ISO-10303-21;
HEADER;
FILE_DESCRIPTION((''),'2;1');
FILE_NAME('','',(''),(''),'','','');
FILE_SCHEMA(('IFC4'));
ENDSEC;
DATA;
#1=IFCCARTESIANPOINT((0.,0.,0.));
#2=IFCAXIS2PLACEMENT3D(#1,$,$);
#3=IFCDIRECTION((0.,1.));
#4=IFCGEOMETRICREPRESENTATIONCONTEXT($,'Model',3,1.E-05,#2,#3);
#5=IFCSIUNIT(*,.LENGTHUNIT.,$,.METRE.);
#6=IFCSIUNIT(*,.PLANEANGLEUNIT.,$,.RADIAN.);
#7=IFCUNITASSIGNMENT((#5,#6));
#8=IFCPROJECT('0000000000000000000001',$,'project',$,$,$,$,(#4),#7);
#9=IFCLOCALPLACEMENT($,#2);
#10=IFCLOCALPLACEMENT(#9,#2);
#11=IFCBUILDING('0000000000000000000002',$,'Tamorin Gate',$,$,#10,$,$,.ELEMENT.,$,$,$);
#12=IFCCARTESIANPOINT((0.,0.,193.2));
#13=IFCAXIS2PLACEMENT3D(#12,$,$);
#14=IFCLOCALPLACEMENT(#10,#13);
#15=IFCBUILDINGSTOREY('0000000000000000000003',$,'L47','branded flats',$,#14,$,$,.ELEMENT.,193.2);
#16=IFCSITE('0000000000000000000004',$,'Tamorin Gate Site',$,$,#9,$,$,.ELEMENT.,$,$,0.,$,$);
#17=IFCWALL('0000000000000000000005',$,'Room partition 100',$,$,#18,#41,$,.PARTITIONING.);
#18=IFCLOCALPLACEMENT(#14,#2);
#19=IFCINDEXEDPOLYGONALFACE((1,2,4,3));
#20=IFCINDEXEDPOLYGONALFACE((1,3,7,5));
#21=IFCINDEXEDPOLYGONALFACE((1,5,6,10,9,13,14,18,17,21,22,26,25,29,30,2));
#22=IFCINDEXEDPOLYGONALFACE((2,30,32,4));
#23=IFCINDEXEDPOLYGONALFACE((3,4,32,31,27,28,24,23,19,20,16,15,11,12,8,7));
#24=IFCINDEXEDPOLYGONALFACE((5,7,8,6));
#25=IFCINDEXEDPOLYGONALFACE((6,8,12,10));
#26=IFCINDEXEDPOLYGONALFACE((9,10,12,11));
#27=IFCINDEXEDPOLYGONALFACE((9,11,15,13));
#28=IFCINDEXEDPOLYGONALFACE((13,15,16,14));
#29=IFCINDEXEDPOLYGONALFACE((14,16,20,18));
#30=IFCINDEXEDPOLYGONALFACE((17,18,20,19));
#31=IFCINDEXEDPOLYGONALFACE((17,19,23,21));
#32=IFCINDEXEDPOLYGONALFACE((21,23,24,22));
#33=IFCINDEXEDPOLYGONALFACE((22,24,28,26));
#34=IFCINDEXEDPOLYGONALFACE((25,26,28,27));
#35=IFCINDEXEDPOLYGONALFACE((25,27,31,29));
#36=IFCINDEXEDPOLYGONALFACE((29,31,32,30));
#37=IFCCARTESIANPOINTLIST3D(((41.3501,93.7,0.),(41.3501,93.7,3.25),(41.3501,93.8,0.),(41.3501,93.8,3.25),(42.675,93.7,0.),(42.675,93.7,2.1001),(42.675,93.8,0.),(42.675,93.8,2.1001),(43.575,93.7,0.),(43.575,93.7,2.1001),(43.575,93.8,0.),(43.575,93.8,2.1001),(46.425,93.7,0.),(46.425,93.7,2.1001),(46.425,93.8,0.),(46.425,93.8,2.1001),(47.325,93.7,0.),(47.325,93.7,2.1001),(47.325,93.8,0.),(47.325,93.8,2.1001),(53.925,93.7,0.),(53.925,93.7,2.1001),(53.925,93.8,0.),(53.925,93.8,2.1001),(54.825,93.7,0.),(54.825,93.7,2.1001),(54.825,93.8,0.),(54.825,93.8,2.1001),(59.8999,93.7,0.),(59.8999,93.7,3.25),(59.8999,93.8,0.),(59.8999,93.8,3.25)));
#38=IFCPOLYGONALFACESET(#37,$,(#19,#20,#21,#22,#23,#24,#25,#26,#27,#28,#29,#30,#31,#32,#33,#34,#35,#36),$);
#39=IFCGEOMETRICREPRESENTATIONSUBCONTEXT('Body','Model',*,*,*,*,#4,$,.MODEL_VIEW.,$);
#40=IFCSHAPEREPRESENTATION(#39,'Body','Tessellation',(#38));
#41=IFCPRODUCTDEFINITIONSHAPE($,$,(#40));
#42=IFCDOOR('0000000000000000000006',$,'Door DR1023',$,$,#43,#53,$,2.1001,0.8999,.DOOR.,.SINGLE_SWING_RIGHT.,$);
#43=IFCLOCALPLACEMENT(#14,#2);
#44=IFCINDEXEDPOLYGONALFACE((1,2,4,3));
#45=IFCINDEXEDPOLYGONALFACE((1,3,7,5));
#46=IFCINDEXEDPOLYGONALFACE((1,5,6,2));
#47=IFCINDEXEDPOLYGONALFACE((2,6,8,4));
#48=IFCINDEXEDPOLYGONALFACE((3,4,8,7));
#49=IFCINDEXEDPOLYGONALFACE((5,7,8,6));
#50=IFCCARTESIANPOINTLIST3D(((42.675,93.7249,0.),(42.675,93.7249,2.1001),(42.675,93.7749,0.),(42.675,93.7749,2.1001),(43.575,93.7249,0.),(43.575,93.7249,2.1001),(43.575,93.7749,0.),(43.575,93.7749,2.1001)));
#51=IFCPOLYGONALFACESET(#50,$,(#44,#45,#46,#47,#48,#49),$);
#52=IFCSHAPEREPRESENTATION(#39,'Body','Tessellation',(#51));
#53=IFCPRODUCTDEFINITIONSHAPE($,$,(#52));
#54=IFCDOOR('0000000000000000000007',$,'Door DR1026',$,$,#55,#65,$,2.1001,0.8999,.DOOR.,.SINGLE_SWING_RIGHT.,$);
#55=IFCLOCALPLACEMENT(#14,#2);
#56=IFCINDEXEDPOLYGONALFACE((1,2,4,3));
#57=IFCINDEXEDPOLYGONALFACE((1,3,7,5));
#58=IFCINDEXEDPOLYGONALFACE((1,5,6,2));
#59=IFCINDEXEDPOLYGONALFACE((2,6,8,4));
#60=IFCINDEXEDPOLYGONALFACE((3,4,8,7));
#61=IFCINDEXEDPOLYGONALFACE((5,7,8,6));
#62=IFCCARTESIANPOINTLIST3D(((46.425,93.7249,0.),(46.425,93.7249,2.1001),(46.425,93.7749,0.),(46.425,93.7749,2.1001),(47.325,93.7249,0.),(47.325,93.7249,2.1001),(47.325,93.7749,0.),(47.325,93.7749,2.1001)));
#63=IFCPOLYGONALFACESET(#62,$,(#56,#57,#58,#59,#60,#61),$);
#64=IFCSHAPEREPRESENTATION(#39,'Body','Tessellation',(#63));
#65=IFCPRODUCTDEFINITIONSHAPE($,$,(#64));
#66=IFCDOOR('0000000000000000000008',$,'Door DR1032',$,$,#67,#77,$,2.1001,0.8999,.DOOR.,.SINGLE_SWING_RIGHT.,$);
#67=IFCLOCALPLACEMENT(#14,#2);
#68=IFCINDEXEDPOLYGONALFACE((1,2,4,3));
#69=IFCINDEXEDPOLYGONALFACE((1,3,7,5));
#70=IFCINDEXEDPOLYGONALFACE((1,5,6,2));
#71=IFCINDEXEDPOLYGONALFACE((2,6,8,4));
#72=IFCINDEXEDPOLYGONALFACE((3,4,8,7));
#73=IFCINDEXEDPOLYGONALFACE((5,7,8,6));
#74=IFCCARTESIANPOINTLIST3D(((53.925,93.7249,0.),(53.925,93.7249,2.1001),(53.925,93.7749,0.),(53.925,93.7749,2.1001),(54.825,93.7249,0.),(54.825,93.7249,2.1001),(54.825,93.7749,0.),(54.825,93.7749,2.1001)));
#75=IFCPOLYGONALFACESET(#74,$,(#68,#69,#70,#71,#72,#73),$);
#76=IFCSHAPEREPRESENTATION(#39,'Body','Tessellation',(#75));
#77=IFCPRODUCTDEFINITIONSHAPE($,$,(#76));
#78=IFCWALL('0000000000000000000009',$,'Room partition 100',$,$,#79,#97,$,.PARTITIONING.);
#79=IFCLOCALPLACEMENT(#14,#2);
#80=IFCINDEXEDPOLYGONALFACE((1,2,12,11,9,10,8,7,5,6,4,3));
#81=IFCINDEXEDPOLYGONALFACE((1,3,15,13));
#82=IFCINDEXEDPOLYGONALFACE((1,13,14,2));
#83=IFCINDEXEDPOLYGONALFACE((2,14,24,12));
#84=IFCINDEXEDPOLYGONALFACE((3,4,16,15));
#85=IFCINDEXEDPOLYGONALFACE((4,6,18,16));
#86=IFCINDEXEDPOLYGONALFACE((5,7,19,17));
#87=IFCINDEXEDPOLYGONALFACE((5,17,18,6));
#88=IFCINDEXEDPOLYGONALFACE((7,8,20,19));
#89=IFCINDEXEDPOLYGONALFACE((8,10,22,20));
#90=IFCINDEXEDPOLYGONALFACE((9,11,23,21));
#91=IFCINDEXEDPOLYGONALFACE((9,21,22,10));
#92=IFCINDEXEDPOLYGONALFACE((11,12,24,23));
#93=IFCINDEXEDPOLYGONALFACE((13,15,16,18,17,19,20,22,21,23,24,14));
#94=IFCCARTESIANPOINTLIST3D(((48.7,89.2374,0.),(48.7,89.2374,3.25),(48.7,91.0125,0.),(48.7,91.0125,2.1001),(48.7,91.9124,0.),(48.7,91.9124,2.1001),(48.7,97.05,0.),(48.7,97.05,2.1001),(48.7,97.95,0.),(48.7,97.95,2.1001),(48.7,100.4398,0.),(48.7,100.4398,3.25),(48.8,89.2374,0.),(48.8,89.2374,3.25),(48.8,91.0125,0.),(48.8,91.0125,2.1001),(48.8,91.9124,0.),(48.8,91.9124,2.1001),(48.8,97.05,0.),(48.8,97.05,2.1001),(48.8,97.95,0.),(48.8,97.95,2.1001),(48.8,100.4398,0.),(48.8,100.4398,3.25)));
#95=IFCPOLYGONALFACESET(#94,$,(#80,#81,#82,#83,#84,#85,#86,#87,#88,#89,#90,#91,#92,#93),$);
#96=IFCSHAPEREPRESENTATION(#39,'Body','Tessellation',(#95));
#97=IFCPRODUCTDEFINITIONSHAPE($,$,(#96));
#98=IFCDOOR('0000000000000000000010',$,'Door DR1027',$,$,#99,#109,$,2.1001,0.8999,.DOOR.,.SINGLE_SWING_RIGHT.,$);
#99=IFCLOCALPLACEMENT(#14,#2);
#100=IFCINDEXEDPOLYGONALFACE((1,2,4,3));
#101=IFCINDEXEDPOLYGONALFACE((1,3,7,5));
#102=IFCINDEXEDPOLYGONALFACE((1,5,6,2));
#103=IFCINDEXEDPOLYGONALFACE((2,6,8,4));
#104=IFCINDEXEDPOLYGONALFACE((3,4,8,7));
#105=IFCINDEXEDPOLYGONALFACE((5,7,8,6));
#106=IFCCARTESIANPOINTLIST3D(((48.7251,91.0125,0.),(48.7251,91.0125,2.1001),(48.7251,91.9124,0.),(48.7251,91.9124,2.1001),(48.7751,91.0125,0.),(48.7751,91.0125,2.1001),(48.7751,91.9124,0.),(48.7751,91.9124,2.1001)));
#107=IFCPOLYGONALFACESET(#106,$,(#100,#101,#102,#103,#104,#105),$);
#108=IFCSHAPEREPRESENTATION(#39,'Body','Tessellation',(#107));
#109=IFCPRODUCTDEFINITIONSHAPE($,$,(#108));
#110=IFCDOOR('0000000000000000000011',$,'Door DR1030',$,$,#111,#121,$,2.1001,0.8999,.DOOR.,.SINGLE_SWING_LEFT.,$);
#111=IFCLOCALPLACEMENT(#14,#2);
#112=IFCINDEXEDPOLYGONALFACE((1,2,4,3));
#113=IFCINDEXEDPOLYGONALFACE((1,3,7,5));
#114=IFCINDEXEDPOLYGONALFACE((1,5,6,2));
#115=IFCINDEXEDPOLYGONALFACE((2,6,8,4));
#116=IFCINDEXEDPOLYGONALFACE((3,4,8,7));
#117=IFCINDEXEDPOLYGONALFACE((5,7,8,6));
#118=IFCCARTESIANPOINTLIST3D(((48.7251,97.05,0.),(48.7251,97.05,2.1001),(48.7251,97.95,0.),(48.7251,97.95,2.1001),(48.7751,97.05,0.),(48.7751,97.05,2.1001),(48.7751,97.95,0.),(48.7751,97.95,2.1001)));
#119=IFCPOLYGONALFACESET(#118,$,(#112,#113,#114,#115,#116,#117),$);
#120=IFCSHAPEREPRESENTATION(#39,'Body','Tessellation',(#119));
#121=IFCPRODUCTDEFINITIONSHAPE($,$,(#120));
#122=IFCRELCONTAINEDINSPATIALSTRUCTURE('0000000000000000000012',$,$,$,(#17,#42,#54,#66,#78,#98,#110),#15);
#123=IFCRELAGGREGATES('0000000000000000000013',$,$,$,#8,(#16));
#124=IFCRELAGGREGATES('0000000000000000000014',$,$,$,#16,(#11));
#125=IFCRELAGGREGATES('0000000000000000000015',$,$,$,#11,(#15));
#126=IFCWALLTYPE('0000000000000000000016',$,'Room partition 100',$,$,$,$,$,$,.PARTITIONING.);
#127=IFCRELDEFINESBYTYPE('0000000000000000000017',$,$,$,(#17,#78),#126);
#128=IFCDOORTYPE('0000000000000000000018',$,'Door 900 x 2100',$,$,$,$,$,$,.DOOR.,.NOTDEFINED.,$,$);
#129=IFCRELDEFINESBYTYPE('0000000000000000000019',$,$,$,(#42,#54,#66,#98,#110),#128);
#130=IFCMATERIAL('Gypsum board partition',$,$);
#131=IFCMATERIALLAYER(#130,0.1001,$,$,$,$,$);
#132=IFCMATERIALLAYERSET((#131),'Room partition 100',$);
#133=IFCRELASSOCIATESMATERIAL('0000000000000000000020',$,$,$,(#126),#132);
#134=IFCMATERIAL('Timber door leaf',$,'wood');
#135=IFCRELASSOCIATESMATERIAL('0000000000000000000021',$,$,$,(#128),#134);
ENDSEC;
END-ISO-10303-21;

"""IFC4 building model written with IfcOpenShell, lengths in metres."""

from ifc_helpers import new_model, si_unit, direction, frame, frame_2d, origin, place, context, subcontext, project, spatial, rectangle, extrude, material, layer, layer_set, type_object, element, fill, save


model = new_model("IFC4")

# Units and contexts
model_context = context("Model", 3, precision=1e-05, world=origin(), true_north=direction((0.0, 1.0)))
body_context = subcontext(model_context, "Body", "Model", "MODEL_VIEW")
ifc_project = project(units=[si_unit("LENGTHUNIT", "METRE"), si_unit("PLANEANGLEUNIT", "RADIAN")], contexts=[model_context])

# Site, building, storey
site_placement = place(None, origin())
site = spatial("IfcSite", under=ifc_project, at=site_placement, Name="Tamorin Gate Site", CompositionType="ELEMENT", RefElevation=0.0)
building_placement = place(site_placement, origin())
building = spatial("IfcBuilding", under=site, at=building_placement, Name="Tamorin Gate", CompositionType="ELEMENT")
storey_placement = place(building_placement, frame((0.0, 0.0, 193.2)))
storey = spatial("IfcBuildingStorey", under=building, at=storey_placement, Name="L47", Description="branded flats", CompositionType="ELEMENT", Elevation=193.2)

# Walls, openings, doors
ifc_material_1 = material(Name="Gypsum board partition")
ifc_layer_1 = layer(ifc_material_1, 0.1001)
ifc_layer_set_1 = layer_set([ifc_layer_1], Name="Room partition 100")
wall_type_1 = type_object("IfcWallType", Name="Room partition 100", PredefinedType="PARTITIONING", material=ifc_layer_set_1)
wall_1_placement = place(storey_placement, frame((41.3501, 93.75, 0.0), z_axis=(0.0, 0.0, 1.0), x_axis=(1.0, 0.0, 0.0)))
wall_1 = element("IfcWall", 1, at=wall_1_placement, inside=storey, type_object=wall_type_1, Name="Room partition 100", PredefinedType="PARTITIONING", context=body_context, shape_type="SweptSolid", body=[
    extrude(rectangle(XDim=18.5498, YDim=0.1001, at=frame_2d((9.2749, 0.0))), origin(), (0.0, 0.0, 1.0), 3.25),
])
opening_1_placement = place(wall_1_placement, frame((1.325, 0.0, 0.0)))
opening_1 = element("IfcOpeningElement", 2, at=opening_1_placement, cuts=wall_1, PredefinedType="OPENING", context=body_context, shape_type="SweptSolid", body=[
    extrude(rectangle(XDim=0.8999, YDim=2.1001, at=frame_2d((0.45, 1.05))), frame((0.0, 0.0601, 0.0), z_axis=(0.0, -1.0, 0.0), x_axis=(1.0, 0.0, 0.0)), (0.0, 0.0, 1.0), 0.1201),
])
opening_2_placement = place(wall_1_placement, frame((5.075, 0.0, 0.0)))
opening_2 = element("IfcOpeningElement", 3, at=opening_2_placement, cuts=wall_1, PredefinedType="OPENING", context=body_context, shape_type="SweptSolid", body=[
    extrude(rectangle(XDim=0.8999, YDim=2.1001, at=frame_2d((0.45, 1.05))), frame((0.0, 0.0601, 0.0), z_axis=(0.0, -1.0, 0.0), x_axis=(1.0, 0.0, 0.0)), (0.0, 0.0, 1.0), 0.1201),
])
opening_3_placement = place(wall_1_placement, frame((12.575, 0.0, 0.0)))
opening_3 = element("IfcOpeningElement", 4, at=opening_3_placement, cuts=wall_1, PredefinedType="OPENING", context=body_context, shape_type="SweptSolid", body=[
    extrude(rectangle(XDim=0.8999, YDim=2.1001, at=frame_2d((0.45, 1.05))), frame((0.0, 0.0601, 0.0), z_axis=(0.0, -1.0, 0.0), x_axis=(1.0, 0.0, 0.0)), (0.0, 0.0, 1.0), 0.1201),
])
ifc_material_2 = material(Name="Timber door leaf", Category="wood")
door_type = type_object("IfcDoorType", Name="Door 900 x 2100", OperationType="NOTDEFINED", PredefinedType="DOOR", material=ifc_material_2)
door_1_placement = place(opening_1_placement, origin())
door_1 = element("IfcDoor", 5, at=door_1_placement, inside=storey, type_object=door_type, Name="Door DR1023", OperationType="SINGLE_SWING_RIGHT", OverallHeight=2.1001, OverallWidth=0.8999, PredefinedType="DOOR", context=body_context, shape_type="SweptSolid", body=[
    extrude(rectangle(XDim=0.8999, YDim=2.1001, at=frame_2d((0.45, 1.05))), frame((0.0, 0.0249, 0.0), z_axis=(0.0, -1.0, 0.0), x_axis=(1.0, 0.0, 0.0)), (0.0, 0.0, 1.0), 0.05),
])
fill(opening_1, door_1)
door_2_placement = place(opening_2_placement, origin())
door_2 = element("IfcDoor", 6, at=door_2_placement, inside=storey, type_object=door_type, Name="Door DR1026", OperationType="SINGLE_SWING_RIGHT", OverallHeight=2.1001, OverallWidth=0.8999, PredefinedType="DOOR", context=body_context, shape_type="SweptSolid", body=[
    extrude(rectangle(XDim=0.8999, YDim=2.1001, at=frame_2d((0.45, 1.05))), frame((0.0, 0.0249, 0.0), z_axis=(0.0, -1.0, 0.0), x_axis=(1.0, 0.0, 0.0)), (0.0, 0.0, 1.0), 0.05),
])
fill(opening_2, door_2)
door_3_placement = place(opening_3_placement, origin())
door_3 = element("IfcDoor", 7, at=door_3_placement, inside=storey, type_object=door_type, Name="Door DR1032", OperationType="SINGLE_SWING_RIGHT", OverallHeight=2.1001, OverallWidth=0.8999, PredefinedType="DOOR", context=body_context, shape_type="SweptSolid", body=[
    extrude(rectangle(XDim=0.8999, YDim=2.1001, at=frame_2d((0.45, 1.05))), frame((0.0, 0.0249, 0.0), z_axis=(0.0, -1.0, 0.0), x_axis=(1.0, 0.0, 0.0)), (0.0, 0.0, 1.0), 0.05),
])
fill(opening_3, door_3)
wall_2_placement = place(storey_placement, frame((48.75, 89.2375, 0.0), z_axis=(0.0, 0.0, 1.0), x_axis=(0.0, 1.0, 0.0)))
wall_2 = element("IfcWall", 8, at=wall_2_placement, inside=storey, type_object=wall_type_1, Name="Room partition 100", PredefinedType="PARTITIONING", context=body_context, shape_type="SweptSolid", body=[
    extrude(rectangle(XDim=11.2024, YDim=0.1001, at=frame_2d((5.6011, 0.0))), origin(), (0.0, 0.0, 1.0), 3.25),
])
opening_4_placement = place(wall_2_placement, frame((1.7749, 0.0, 0.0)))
opening_4 = element("IfcOpeningElement", 9, at=opening_4_placement, cuts=wall_2, PredefinedType="OPENING", context=body_context, shape_type="SweptSolid", body=[
    extrude(rectangle(XDim=0.8999, YDim=2.1001, at=frame_2d((0.45, 1.05))), frame((0.0, 0.0601, 0.0), z_axis=(0.0, -1.0, 0.0), x_axis=(1.0, 0.0, 0.0)), (0.0, 0.0, 1.0), 0.1201),
])
opening_5_placement = place(wall_2_placement, frame((7.8125, 0.0, 0.0)))
opening_5 = element("IfcOpeningElement", 10, at=opening_5_placement, cuts=wall_2, PredefinedType="OPENING", context=body_context, shape_type="SweptSolid", body=[
    extrude(rectangle(XDim=0.8999, YDim=2.1001, at=frame_2d((0.45, 1.05))), frame((0.0, 0.0601, 0.0), z_axis=(0.0, -1.0, 0.0), x_axis=(1.0, 0.0, 0.0)), (0.0, 0.0, 1.0), 0.1201),
])
door_4_placement = place(opening_4_placement, origin())
door_4 = element("IfcDoor", 11, at=door_4_placement, inside=storey, type_object=door_type, Name="Door DR1027", OperationType="SINGLE_SWING_RIGHT", OverallHeight=2.1001, OverallWidth=0.8999, PredefinedType="DOOR", context=body_context, shape_type="SweptSolid", body=[
    extrude(rectangle(XDim=0.8999, YDim=2.1001, at=frame_2d((0.45, 1.05))), frame((0.0, 0.0249, 0.0), z_axis=(0.0, -1.0, 0.0), x_axis=(1.0, 0.0, 0.0)), (0.0, 0.0, 1.0), 0.05),
])
fill(opening_4, door_4)
door_5_placement = place(opening_5_placement, origin())
door_5 = element("IfcDoor", 12, at=door_5_placement, inside=storey, type_object=door_type, Name="Door DR1030", OperationType="SINGLE_SWING_LEFT", OverallHeight=2.1001, OverallWidth=0.8999, PredefinedType="DOOR", context=body_context, shape_type="SweptSolid", body=[
    extrude(rectangle(XDim=0.8999, YDim=2.1001, at=frame_2d((0.45, 1.05))), frame((0.0, 0.0249, 0.0), z_axis=(0.0, -1.0, 0.0), x_axis=(1.0, 0.0, 0.0)), (0.0, 0.0, 1.0), 0.05),
])
fill(opening_5, door_5)

save(model, "model.ifc")
